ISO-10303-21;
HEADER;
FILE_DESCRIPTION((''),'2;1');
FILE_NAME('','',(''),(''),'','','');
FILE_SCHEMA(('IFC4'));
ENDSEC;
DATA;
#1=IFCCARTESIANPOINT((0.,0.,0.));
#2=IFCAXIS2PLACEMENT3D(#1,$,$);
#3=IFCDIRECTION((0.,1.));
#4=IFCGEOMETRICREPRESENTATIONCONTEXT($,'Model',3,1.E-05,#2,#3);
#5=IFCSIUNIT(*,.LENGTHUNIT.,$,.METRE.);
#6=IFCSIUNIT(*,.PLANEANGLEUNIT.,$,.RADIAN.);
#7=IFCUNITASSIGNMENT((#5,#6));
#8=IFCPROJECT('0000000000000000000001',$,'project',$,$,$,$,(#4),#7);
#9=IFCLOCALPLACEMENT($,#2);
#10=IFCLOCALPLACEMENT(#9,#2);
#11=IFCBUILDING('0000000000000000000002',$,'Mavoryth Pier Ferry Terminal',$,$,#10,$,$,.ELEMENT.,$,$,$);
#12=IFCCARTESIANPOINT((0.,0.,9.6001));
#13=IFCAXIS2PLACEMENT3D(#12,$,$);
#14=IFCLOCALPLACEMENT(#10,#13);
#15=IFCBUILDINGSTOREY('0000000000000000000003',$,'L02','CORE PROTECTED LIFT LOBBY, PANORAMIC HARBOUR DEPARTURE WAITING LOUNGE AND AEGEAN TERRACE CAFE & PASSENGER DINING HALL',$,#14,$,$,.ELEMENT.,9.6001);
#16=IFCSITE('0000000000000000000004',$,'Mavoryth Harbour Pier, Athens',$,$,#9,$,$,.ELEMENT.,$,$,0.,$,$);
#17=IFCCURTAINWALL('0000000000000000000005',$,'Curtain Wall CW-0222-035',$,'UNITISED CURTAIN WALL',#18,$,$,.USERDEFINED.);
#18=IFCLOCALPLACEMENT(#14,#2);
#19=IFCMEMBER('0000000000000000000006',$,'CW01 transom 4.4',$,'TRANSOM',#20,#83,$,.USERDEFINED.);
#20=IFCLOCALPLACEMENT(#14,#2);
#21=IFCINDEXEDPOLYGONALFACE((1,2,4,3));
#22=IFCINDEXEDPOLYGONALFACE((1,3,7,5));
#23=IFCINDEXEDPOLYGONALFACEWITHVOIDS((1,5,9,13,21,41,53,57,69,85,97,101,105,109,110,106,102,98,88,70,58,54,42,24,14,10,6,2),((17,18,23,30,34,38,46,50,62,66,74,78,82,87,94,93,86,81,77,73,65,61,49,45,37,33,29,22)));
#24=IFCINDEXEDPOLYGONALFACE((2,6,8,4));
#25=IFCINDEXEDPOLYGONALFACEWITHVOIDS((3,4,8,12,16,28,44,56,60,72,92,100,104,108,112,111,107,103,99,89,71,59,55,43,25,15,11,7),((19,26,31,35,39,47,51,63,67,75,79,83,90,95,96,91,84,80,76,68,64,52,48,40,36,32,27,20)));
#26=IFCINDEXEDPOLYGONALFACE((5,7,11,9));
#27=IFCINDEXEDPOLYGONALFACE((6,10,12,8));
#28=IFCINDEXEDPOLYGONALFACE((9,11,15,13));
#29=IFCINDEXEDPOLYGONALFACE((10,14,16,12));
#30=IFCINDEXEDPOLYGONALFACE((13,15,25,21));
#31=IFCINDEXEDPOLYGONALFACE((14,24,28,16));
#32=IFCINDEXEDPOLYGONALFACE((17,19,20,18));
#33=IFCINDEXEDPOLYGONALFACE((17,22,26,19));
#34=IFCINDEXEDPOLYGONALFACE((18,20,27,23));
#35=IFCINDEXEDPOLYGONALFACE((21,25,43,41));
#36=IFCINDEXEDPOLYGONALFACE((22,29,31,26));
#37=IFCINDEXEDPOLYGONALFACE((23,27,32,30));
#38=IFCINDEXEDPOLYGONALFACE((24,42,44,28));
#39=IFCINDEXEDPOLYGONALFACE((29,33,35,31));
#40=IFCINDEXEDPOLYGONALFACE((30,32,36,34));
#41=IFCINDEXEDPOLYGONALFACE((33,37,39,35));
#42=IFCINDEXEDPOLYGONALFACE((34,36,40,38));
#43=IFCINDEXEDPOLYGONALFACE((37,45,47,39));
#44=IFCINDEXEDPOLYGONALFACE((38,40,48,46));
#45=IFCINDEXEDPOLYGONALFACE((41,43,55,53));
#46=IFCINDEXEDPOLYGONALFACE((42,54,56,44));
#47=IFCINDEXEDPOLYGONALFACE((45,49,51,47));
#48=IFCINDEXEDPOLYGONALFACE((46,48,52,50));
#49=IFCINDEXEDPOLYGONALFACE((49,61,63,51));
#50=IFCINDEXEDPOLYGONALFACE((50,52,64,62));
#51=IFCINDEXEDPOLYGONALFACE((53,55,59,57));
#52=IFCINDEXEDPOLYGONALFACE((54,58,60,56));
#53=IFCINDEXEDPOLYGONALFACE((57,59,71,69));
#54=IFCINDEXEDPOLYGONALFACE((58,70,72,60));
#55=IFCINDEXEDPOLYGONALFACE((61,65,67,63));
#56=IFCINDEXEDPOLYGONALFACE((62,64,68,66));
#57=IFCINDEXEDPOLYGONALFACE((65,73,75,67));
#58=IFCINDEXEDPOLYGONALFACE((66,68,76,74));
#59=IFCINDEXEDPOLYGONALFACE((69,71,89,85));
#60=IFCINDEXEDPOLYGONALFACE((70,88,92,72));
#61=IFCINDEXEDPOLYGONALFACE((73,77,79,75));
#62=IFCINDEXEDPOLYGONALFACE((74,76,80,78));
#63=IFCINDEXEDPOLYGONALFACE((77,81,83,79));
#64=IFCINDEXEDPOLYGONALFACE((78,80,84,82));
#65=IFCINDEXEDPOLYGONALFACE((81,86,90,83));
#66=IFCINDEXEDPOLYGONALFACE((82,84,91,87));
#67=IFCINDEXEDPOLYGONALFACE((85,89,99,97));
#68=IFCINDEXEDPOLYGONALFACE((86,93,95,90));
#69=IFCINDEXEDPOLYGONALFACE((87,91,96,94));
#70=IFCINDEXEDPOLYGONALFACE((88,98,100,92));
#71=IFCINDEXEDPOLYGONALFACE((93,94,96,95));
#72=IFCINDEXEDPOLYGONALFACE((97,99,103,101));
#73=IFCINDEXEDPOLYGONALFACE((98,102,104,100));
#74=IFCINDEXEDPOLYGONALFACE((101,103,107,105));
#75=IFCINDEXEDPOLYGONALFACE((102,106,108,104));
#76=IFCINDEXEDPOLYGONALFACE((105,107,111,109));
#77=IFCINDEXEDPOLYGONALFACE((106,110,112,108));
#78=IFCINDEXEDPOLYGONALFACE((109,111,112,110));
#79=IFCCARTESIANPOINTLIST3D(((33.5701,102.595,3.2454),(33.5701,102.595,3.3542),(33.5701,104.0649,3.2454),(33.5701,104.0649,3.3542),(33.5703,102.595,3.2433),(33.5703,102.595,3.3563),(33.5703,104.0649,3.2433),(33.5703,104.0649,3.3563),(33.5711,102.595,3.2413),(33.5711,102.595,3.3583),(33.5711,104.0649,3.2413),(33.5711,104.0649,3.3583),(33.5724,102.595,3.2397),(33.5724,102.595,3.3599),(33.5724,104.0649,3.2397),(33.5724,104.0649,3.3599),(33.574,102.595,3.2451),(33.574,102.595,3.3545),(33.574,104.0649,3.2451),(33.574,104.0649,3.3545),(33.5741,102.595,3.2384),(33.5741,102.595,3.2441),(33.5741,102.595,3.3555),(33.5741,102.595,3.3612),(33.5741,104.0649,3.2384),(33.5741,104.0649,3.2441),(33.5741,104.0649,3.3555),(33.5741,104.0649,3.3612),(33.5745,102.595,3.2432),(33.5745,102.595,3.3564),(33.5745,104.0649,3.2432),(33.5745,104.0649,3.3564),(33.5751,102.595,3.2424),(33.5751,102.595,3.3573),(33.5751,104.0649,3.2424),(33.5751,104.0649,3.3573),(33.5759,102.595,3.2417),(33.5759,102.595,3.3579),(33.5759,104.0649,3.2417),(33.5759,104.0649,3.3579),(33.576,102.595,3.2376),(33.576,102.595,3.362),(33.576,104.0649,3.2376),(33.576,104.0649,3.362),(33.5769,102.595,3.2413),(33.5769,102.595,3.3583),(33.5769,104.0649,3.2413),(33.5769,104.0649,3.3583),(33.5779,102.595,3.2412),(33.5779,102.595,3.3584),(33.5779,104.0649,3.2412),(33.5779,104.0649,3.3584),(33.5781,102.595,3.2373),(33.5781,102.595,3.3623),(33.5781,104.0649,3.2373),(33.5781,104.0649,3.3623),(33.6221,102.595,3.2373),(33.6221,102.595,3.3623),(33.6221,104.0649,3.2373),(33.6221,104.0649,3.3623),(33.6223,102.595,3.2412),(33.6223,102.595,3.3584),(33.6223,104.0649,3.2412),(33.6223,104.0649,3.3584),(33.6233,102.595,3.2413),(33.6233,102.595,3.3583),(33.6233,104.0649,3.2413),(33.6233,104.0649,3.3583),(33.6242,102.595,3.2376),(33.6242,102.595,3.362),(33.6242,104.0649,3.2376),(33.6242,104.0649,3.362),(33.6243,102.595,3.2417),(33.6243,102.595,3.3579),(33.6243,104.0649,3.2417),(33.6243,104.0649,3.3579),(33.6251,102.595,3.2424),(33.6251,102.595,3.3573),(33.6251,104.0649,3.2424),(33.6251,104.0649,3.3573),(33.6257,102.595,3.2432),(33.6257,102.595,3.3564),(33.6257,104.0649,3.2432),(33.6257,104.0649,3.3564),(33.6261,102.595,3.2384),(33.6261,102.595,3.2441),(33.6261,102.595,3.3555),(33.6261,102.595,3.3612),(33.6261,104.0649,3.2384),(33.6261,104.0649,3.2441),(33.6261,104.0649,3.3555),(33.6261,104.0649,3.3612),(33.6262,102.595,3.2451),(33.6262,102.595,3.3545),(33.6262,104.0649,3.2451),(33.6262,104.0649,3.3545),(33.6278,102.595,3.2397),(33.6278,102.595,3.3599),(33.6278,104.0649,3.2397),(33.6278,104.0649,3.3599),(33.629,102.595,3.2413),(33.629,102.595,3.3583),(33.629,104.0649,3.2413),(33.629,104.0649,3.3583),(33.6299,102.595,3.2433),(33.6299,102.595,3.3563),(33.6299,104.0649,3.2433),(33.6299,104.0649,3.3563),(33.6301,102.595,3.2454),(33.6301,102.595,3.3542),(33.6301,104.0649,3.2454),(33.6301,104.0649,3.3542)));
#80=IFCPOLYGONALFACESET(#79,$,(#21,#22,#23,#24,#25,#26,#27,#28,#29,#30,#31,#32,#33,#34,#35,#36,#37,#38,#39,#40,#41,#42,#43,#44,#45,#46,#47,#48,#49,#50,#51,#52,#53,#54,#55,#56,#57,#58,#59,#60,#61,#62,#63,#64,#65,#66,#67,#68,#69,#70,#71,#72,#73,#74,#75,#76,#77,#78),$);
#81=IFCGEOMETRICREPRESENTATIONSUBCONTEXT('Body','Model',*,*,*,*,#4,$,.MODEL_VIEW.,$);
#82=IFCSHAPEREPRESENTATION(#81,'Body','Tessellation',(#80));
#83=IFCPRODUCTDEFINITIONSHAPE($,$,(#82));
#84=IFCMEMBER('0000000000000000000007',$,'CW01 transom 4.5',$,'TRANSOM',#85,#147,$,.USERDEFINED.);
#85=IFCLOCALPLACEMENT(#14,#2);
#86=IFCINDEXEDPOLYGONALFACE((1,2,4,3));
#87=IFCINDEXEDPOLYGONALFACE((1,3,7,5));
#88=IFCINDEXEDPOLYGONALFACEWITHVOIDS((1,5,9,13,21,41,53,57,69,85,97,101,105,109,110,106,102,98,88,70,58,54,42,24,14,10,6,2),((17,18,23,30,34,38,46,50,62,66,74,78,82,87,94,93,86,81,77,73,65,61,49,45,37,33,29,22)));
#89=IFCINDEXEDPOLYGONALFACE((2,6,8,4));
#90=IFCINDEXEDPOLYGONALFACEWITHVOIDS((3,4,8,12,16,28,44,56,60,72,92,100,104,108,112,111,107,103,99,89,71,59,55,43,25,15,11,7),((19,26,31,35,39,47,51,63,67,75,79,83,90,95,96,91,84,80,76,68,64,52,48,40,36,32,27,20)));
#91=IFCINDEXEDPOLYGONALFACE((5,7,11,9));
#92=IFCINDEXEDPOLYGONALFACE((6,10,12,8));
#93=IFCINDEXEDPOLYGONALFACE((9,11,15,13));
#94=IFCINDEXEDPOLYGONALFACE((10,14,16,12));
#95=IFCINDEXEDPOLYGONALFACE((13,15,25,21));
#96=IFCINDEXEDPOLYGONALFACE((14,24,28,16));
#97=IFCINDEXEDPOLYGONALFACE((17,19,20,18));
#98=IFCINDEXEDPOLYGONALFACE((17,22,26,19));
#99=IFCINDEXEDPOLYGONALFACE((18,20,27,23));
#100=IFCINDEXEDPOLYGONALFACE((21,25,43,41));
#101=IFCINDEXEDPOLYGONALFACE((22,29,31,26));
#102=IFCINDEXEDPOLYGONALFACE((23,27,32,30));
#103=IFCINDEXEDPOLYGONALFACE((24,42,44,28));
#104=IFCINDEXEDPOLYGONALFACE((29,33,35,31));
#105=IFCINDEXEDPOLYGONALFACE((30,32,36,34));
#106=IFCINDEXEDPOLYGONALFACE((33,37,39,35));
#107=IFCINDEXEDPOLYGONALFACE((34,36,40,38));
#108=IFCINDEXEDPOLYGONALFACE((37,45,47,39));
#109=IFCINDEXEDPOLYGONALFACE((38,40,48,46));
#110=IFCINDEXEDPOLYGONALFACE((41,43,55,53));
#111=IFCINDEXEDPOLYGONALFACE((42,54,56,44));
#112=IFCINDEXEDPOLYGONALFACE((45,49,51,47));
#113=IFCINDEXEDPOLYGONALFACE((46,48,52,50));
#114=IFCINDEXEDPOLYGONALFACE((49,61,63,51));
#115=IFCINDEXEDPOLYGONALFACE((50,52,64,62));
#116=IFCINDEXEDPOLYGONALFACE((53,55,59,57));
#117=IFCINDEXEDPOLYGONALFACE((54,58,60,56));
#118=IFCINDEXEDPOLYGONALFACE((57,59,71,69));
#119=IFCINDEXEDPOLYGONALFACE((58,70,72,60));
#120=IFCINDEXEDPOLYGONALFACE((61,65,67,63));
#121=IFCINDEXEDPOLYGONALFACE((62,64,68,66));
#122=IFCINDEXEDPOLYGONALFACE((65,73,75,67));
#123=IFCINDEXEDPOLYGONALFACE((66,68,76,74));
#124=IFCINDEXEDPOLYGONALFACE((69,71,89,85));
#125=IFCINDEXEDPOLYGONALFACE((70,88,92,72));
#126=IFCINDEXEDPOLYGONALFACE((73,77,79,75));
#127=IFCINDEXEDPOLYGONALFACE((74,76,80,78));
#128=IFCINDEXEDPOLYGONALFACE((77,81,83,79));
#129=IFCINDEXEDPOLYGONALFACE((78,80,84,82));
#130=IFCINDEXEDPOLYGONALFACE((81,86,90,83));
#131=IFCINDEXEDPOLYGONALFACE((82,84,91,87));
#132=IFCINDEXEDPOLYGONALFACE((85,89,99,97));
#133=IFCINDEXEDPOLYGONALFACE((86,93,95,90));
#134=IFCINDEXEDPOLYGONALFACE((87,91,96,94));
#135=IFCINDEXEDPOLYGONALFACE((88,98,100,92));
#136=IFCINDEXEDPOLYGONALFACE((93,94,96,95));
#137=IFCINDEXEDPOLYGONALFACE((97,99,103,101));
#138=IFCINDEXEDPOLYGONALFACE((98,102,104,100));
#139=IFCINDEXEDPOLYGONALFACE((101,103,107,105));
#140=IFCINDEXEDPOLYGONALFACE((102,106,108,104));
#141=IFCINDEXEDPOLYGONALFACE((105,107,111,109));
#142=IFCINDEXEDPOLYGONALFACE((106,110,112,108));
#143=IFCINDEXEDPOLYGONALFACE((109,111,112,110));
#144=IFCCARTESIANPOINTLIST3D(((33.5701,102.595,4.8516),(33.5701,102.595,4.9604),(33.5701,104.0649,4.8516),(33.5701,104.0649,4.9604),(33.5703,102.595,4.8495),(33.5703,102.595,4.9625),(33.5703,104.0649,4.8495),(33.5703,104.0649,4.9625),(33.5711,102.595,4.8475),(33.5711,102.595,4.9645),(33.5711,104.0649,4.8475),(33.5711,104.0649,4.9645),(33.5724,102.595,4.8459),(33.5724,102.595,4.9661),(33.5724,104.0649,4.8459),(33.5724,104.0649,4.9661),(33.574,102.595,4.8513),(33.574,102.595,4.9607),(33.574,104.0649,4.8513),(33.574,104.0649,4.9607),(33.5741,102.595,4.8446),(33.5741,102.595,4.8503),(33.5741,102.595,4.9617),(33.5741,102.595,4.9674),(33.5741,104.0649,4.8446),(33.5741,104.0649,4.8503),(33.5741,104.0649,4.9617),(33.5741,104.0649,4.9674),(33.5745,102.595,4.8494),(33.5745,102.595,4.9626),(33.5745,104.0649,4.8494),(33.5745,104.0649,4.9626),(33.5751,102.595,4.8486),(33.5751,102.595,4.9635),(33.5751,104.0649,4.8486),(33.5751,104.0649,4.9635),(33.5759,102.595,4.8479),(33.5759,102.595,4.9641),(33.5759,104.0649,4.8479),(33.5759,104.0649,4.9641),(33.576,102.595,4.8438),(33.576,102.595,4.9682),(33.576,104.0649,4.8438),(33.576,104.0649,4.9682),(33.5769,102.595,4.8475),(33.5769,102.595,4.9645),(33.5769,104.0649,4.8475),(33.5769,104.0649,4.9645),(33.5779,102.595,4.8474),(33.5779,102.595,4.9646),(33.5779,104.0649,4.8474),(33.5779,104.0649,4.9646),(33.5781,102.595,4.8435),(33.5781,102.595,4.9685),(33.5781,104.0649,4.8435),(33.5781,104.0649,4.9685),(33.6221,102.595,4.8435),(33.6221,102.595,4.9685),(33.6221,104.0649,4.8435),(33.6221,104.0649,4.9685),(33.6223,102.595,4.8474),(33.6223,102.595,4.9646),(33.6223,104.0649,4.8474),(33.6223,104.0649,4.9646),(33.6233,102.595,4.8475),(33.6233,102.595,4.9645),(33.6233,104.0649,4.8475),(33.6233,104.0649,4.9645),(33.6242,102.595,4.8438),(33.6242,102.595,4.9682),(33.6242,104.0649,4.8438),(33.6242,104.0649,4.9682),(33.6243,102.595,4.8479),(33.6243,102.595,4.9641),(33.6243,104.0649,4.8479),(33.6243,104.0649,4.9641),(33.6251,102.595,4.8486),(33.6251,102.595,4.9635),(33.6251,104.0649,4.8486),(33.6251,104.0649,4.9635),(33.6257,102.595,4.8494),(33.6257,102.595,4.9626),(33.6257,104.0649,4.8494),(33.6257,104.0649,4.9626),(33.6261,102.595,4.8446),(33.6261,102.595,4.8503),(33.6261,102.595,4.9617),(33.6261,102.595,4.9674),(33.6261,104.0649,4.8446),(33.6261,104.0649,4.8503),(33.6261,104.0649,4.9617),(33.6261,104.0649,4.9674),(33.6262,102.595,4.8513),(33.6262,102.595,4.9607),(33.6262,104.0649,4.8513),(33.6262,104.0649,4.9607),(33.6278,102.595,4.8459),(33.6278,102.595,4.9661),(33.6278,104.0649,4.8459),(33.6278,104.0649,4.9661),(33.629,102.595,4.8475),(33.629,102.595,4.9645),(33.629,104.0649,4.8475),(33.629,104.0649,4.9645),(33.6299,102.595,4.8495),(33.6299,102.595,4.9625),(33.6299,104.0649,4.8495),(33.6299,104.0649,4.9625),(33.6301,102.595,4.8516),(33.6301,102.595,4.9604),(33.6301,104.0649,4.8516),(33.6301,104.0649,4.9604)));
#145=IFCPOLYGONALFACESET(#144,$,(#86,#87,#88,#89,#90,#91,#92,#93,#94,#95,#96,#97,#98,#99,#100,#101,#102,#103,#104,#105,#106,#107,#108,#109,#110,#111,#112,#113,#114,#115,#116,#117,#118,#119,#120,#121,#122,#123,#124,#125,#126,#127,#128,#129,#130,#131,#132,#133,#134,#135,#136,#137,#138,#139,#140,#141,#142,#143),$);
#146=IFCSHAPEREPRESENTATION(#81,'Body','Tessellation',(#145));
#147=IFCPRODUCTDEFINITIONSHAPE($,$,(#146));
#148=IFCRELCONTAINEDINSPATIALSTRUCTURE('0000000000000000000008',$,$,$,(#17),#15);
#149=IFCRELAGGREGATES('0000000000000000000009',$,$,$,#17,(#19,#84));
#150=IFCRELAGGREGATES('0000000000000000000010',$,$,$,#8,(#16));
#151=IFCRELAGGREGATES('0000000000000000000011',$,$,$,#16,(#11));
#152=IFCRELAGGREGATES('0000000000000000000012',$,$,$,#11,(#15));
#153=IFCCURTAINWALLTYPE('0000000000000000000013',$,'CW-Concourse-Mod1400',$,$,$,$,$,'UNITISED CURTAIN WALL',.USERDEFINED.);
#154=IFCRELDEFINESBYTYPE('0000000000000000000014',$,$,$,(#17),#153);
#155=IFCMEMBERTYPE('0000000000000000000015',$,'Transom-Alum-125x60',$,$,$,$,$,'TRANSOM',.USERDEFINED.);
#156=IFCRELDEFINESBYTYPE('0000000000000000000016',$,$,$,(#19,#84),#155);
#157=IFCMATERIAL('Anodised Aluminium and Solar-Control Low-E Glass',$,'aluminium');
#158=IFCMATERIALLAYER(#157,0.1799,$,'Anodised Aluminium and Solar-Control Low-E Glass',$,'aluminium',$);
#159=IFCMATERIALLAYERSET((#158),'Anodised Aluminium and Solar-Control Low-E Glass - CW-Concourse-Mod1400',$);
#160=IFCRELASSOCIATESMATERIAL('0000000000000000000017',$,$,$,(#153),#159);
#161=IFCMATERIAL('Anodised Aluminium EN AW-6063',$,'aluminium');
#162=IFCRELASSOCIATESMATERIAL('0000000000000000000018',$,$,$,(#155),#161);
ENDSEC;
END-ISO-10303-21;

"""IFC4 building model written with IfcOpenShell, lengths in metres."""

from ifc_helpers import new_model, si_unit, direction, frame, origin, origin_2d, place, context, subcontext, project, spatial, hollow_rectangle, extrude, material, layer, layer_set, material_profile, profile_set, type_object, element, aggregate, save


model = new_model("IFC4")

# Units and contexts
model_context = context("Model", 3, precision=1e-05, world=origin(), true_north=direction((0.0, 1.0)))
body_context = subcontext(model_context, "Body", "Model", "MODEL_VIEW")
ifc_project = project(units=[si_unit("LENGTHUNIT", "METRE"), si_unit("PLANEANGLEUNIT", "RADIAN")], contexts=[model_context])

# Site, building, storey
site_placement = place(None, origin())
site = spatial("IfcSite", under=ifc_project, at=site_placement, Name="Mavoryth Harbour Pier, Athens", CompositionType="ELEMENT", RefElevation=0.0)
building_placement = place(site_placement, origin())
building = spatial("IfcBuilding", under=site, at=building_placement, Name="Mavoryth Pier Ferry Terminal", CompositionType="ELEMENT")
storey_placement = place(building_placement, frame((0.0, 0.0, 9.6001)))
storey = spatial("IfcBuildingStorey", under=building, at=storey_placement, Name="L02", Description="CORE PROTECTED LIFT LOBBY, PANORAMIC HARBOUR DEPARTURE WAITING LOUNGE AND AEGEAN TERRACE CAFE & PASSENGER DINING HALL", CompositionType="ELEMENT", Elevation=9.6001)

# Curtain wall
ifc_material_1 = material(Name="Anodised Aluminium and Solar-Control Low-E Glass", Category="aluminium")
ifc_layer_1 = layer(ifc_material_1, 0.1799, Name="Anodised Aluminium and Solar-Control Low-E Glass", Category="aluminium")
ifc_layer_set_1 = layer_set([ifc_layer_1], Name="Anodised Aluminium and Solar-Control Low-E Glass - CW-Concourse-Mod1400")
curtain_wall_type = type_object("IfcCurtainWallType", Name="CW-Concourse-Mod1400", ElementType="UNITISED CURTAIN WALL", PredefinedType="USERDEFINED", material=ifc_layer_set_1)
curtain_wall_placement = place(storey_placement, origin())
curtain_wall = element("IfcCurtainWall", 1, at=curtain_wall_placement, inside=storey, type_object=curtain_wall_type, Name="Curtain Wall CW-0222-035", ObjectType="UNITISED CURTAIN WALL", PredefinedType="USERDEFINED")
ifc_material_2 = material(Name="Anodised Aluminium EN AW-6063", Category="aluminium")

# Members
ifc_material_profile_1 = material_profile(ifc_material_2, hollow_rectangle(XDim=0.0601, YDim=0.125, WallThickness=0.0039, InnerFilletRadius=0.0039, OuterFilletRadius=0.0081, at=origin_2d()), Name="AL-TRAN 125x60x4", Category="aluminium")
ifc_profile_set_1 = profile_set([ifc_material_profile_1], Name="Anodised Aluminium EN AW-6063 - AL-TRAN 125x60x4")
member_type_1 = type_object("IfcMemberType", Name="Transom-Alum-125x60", ElementType="TRANSOM", PredefinedType="USERDEFINED", material=ifc_profile_set_1)
member_1_placement = place(storey_placement, frame((33.6001, 102.595, 3.2998), z_axis=(0.0, 1.0, 0.0), x_axis=(-1.0, 0.0, 0.0)))
member_1 = element("IfcMember", 2, at=member_1_placement, type_object=member_type_1, Name="CW01 transom 4.4", ObjectType="TRANSOM", PredefinedType="USERDEFINED", context=body_context, shape_type="SweptSolid", body=[
    extrude(hollow_rectangle(XDim=0.0601, YDim=0.125, WallThickness=0.0039, InnerFilletRadius=0.0039, OuterFilletRadius=0.0081, at=origin_2d()), origin(), (0.0, 0.0, 1.0), 1.47),
])
member_2_placement = place(storey_placement, frame((33.6001, 102.595, 4.906), z_axis=(0.0, 1.0, 0.0), x_axis=(-1.0, 0.0, 0.0)))
member_2 = element("IfcMember", 3, at=member_2_placement, type_object=member_type_1, Name="CW01 transom 4.5", ObjectType="TRANSOM", PredefinedType="USERDEFINED", context=body_context, shape_type="SweptSolid", body=[
    extrude(hollow_rectangle(XDim=0.0601, YDim=0.125, WallThickness=0.0039, InnerFilletRadius=0.0039, OuterFilletRadius=0.0081, at=origin_2d()), origin(), (0.0, 0.0, 1.0), 1.47),
])

aggregate(curtain_wall, [member_1, member_2])

save(model, "model.ifc")
